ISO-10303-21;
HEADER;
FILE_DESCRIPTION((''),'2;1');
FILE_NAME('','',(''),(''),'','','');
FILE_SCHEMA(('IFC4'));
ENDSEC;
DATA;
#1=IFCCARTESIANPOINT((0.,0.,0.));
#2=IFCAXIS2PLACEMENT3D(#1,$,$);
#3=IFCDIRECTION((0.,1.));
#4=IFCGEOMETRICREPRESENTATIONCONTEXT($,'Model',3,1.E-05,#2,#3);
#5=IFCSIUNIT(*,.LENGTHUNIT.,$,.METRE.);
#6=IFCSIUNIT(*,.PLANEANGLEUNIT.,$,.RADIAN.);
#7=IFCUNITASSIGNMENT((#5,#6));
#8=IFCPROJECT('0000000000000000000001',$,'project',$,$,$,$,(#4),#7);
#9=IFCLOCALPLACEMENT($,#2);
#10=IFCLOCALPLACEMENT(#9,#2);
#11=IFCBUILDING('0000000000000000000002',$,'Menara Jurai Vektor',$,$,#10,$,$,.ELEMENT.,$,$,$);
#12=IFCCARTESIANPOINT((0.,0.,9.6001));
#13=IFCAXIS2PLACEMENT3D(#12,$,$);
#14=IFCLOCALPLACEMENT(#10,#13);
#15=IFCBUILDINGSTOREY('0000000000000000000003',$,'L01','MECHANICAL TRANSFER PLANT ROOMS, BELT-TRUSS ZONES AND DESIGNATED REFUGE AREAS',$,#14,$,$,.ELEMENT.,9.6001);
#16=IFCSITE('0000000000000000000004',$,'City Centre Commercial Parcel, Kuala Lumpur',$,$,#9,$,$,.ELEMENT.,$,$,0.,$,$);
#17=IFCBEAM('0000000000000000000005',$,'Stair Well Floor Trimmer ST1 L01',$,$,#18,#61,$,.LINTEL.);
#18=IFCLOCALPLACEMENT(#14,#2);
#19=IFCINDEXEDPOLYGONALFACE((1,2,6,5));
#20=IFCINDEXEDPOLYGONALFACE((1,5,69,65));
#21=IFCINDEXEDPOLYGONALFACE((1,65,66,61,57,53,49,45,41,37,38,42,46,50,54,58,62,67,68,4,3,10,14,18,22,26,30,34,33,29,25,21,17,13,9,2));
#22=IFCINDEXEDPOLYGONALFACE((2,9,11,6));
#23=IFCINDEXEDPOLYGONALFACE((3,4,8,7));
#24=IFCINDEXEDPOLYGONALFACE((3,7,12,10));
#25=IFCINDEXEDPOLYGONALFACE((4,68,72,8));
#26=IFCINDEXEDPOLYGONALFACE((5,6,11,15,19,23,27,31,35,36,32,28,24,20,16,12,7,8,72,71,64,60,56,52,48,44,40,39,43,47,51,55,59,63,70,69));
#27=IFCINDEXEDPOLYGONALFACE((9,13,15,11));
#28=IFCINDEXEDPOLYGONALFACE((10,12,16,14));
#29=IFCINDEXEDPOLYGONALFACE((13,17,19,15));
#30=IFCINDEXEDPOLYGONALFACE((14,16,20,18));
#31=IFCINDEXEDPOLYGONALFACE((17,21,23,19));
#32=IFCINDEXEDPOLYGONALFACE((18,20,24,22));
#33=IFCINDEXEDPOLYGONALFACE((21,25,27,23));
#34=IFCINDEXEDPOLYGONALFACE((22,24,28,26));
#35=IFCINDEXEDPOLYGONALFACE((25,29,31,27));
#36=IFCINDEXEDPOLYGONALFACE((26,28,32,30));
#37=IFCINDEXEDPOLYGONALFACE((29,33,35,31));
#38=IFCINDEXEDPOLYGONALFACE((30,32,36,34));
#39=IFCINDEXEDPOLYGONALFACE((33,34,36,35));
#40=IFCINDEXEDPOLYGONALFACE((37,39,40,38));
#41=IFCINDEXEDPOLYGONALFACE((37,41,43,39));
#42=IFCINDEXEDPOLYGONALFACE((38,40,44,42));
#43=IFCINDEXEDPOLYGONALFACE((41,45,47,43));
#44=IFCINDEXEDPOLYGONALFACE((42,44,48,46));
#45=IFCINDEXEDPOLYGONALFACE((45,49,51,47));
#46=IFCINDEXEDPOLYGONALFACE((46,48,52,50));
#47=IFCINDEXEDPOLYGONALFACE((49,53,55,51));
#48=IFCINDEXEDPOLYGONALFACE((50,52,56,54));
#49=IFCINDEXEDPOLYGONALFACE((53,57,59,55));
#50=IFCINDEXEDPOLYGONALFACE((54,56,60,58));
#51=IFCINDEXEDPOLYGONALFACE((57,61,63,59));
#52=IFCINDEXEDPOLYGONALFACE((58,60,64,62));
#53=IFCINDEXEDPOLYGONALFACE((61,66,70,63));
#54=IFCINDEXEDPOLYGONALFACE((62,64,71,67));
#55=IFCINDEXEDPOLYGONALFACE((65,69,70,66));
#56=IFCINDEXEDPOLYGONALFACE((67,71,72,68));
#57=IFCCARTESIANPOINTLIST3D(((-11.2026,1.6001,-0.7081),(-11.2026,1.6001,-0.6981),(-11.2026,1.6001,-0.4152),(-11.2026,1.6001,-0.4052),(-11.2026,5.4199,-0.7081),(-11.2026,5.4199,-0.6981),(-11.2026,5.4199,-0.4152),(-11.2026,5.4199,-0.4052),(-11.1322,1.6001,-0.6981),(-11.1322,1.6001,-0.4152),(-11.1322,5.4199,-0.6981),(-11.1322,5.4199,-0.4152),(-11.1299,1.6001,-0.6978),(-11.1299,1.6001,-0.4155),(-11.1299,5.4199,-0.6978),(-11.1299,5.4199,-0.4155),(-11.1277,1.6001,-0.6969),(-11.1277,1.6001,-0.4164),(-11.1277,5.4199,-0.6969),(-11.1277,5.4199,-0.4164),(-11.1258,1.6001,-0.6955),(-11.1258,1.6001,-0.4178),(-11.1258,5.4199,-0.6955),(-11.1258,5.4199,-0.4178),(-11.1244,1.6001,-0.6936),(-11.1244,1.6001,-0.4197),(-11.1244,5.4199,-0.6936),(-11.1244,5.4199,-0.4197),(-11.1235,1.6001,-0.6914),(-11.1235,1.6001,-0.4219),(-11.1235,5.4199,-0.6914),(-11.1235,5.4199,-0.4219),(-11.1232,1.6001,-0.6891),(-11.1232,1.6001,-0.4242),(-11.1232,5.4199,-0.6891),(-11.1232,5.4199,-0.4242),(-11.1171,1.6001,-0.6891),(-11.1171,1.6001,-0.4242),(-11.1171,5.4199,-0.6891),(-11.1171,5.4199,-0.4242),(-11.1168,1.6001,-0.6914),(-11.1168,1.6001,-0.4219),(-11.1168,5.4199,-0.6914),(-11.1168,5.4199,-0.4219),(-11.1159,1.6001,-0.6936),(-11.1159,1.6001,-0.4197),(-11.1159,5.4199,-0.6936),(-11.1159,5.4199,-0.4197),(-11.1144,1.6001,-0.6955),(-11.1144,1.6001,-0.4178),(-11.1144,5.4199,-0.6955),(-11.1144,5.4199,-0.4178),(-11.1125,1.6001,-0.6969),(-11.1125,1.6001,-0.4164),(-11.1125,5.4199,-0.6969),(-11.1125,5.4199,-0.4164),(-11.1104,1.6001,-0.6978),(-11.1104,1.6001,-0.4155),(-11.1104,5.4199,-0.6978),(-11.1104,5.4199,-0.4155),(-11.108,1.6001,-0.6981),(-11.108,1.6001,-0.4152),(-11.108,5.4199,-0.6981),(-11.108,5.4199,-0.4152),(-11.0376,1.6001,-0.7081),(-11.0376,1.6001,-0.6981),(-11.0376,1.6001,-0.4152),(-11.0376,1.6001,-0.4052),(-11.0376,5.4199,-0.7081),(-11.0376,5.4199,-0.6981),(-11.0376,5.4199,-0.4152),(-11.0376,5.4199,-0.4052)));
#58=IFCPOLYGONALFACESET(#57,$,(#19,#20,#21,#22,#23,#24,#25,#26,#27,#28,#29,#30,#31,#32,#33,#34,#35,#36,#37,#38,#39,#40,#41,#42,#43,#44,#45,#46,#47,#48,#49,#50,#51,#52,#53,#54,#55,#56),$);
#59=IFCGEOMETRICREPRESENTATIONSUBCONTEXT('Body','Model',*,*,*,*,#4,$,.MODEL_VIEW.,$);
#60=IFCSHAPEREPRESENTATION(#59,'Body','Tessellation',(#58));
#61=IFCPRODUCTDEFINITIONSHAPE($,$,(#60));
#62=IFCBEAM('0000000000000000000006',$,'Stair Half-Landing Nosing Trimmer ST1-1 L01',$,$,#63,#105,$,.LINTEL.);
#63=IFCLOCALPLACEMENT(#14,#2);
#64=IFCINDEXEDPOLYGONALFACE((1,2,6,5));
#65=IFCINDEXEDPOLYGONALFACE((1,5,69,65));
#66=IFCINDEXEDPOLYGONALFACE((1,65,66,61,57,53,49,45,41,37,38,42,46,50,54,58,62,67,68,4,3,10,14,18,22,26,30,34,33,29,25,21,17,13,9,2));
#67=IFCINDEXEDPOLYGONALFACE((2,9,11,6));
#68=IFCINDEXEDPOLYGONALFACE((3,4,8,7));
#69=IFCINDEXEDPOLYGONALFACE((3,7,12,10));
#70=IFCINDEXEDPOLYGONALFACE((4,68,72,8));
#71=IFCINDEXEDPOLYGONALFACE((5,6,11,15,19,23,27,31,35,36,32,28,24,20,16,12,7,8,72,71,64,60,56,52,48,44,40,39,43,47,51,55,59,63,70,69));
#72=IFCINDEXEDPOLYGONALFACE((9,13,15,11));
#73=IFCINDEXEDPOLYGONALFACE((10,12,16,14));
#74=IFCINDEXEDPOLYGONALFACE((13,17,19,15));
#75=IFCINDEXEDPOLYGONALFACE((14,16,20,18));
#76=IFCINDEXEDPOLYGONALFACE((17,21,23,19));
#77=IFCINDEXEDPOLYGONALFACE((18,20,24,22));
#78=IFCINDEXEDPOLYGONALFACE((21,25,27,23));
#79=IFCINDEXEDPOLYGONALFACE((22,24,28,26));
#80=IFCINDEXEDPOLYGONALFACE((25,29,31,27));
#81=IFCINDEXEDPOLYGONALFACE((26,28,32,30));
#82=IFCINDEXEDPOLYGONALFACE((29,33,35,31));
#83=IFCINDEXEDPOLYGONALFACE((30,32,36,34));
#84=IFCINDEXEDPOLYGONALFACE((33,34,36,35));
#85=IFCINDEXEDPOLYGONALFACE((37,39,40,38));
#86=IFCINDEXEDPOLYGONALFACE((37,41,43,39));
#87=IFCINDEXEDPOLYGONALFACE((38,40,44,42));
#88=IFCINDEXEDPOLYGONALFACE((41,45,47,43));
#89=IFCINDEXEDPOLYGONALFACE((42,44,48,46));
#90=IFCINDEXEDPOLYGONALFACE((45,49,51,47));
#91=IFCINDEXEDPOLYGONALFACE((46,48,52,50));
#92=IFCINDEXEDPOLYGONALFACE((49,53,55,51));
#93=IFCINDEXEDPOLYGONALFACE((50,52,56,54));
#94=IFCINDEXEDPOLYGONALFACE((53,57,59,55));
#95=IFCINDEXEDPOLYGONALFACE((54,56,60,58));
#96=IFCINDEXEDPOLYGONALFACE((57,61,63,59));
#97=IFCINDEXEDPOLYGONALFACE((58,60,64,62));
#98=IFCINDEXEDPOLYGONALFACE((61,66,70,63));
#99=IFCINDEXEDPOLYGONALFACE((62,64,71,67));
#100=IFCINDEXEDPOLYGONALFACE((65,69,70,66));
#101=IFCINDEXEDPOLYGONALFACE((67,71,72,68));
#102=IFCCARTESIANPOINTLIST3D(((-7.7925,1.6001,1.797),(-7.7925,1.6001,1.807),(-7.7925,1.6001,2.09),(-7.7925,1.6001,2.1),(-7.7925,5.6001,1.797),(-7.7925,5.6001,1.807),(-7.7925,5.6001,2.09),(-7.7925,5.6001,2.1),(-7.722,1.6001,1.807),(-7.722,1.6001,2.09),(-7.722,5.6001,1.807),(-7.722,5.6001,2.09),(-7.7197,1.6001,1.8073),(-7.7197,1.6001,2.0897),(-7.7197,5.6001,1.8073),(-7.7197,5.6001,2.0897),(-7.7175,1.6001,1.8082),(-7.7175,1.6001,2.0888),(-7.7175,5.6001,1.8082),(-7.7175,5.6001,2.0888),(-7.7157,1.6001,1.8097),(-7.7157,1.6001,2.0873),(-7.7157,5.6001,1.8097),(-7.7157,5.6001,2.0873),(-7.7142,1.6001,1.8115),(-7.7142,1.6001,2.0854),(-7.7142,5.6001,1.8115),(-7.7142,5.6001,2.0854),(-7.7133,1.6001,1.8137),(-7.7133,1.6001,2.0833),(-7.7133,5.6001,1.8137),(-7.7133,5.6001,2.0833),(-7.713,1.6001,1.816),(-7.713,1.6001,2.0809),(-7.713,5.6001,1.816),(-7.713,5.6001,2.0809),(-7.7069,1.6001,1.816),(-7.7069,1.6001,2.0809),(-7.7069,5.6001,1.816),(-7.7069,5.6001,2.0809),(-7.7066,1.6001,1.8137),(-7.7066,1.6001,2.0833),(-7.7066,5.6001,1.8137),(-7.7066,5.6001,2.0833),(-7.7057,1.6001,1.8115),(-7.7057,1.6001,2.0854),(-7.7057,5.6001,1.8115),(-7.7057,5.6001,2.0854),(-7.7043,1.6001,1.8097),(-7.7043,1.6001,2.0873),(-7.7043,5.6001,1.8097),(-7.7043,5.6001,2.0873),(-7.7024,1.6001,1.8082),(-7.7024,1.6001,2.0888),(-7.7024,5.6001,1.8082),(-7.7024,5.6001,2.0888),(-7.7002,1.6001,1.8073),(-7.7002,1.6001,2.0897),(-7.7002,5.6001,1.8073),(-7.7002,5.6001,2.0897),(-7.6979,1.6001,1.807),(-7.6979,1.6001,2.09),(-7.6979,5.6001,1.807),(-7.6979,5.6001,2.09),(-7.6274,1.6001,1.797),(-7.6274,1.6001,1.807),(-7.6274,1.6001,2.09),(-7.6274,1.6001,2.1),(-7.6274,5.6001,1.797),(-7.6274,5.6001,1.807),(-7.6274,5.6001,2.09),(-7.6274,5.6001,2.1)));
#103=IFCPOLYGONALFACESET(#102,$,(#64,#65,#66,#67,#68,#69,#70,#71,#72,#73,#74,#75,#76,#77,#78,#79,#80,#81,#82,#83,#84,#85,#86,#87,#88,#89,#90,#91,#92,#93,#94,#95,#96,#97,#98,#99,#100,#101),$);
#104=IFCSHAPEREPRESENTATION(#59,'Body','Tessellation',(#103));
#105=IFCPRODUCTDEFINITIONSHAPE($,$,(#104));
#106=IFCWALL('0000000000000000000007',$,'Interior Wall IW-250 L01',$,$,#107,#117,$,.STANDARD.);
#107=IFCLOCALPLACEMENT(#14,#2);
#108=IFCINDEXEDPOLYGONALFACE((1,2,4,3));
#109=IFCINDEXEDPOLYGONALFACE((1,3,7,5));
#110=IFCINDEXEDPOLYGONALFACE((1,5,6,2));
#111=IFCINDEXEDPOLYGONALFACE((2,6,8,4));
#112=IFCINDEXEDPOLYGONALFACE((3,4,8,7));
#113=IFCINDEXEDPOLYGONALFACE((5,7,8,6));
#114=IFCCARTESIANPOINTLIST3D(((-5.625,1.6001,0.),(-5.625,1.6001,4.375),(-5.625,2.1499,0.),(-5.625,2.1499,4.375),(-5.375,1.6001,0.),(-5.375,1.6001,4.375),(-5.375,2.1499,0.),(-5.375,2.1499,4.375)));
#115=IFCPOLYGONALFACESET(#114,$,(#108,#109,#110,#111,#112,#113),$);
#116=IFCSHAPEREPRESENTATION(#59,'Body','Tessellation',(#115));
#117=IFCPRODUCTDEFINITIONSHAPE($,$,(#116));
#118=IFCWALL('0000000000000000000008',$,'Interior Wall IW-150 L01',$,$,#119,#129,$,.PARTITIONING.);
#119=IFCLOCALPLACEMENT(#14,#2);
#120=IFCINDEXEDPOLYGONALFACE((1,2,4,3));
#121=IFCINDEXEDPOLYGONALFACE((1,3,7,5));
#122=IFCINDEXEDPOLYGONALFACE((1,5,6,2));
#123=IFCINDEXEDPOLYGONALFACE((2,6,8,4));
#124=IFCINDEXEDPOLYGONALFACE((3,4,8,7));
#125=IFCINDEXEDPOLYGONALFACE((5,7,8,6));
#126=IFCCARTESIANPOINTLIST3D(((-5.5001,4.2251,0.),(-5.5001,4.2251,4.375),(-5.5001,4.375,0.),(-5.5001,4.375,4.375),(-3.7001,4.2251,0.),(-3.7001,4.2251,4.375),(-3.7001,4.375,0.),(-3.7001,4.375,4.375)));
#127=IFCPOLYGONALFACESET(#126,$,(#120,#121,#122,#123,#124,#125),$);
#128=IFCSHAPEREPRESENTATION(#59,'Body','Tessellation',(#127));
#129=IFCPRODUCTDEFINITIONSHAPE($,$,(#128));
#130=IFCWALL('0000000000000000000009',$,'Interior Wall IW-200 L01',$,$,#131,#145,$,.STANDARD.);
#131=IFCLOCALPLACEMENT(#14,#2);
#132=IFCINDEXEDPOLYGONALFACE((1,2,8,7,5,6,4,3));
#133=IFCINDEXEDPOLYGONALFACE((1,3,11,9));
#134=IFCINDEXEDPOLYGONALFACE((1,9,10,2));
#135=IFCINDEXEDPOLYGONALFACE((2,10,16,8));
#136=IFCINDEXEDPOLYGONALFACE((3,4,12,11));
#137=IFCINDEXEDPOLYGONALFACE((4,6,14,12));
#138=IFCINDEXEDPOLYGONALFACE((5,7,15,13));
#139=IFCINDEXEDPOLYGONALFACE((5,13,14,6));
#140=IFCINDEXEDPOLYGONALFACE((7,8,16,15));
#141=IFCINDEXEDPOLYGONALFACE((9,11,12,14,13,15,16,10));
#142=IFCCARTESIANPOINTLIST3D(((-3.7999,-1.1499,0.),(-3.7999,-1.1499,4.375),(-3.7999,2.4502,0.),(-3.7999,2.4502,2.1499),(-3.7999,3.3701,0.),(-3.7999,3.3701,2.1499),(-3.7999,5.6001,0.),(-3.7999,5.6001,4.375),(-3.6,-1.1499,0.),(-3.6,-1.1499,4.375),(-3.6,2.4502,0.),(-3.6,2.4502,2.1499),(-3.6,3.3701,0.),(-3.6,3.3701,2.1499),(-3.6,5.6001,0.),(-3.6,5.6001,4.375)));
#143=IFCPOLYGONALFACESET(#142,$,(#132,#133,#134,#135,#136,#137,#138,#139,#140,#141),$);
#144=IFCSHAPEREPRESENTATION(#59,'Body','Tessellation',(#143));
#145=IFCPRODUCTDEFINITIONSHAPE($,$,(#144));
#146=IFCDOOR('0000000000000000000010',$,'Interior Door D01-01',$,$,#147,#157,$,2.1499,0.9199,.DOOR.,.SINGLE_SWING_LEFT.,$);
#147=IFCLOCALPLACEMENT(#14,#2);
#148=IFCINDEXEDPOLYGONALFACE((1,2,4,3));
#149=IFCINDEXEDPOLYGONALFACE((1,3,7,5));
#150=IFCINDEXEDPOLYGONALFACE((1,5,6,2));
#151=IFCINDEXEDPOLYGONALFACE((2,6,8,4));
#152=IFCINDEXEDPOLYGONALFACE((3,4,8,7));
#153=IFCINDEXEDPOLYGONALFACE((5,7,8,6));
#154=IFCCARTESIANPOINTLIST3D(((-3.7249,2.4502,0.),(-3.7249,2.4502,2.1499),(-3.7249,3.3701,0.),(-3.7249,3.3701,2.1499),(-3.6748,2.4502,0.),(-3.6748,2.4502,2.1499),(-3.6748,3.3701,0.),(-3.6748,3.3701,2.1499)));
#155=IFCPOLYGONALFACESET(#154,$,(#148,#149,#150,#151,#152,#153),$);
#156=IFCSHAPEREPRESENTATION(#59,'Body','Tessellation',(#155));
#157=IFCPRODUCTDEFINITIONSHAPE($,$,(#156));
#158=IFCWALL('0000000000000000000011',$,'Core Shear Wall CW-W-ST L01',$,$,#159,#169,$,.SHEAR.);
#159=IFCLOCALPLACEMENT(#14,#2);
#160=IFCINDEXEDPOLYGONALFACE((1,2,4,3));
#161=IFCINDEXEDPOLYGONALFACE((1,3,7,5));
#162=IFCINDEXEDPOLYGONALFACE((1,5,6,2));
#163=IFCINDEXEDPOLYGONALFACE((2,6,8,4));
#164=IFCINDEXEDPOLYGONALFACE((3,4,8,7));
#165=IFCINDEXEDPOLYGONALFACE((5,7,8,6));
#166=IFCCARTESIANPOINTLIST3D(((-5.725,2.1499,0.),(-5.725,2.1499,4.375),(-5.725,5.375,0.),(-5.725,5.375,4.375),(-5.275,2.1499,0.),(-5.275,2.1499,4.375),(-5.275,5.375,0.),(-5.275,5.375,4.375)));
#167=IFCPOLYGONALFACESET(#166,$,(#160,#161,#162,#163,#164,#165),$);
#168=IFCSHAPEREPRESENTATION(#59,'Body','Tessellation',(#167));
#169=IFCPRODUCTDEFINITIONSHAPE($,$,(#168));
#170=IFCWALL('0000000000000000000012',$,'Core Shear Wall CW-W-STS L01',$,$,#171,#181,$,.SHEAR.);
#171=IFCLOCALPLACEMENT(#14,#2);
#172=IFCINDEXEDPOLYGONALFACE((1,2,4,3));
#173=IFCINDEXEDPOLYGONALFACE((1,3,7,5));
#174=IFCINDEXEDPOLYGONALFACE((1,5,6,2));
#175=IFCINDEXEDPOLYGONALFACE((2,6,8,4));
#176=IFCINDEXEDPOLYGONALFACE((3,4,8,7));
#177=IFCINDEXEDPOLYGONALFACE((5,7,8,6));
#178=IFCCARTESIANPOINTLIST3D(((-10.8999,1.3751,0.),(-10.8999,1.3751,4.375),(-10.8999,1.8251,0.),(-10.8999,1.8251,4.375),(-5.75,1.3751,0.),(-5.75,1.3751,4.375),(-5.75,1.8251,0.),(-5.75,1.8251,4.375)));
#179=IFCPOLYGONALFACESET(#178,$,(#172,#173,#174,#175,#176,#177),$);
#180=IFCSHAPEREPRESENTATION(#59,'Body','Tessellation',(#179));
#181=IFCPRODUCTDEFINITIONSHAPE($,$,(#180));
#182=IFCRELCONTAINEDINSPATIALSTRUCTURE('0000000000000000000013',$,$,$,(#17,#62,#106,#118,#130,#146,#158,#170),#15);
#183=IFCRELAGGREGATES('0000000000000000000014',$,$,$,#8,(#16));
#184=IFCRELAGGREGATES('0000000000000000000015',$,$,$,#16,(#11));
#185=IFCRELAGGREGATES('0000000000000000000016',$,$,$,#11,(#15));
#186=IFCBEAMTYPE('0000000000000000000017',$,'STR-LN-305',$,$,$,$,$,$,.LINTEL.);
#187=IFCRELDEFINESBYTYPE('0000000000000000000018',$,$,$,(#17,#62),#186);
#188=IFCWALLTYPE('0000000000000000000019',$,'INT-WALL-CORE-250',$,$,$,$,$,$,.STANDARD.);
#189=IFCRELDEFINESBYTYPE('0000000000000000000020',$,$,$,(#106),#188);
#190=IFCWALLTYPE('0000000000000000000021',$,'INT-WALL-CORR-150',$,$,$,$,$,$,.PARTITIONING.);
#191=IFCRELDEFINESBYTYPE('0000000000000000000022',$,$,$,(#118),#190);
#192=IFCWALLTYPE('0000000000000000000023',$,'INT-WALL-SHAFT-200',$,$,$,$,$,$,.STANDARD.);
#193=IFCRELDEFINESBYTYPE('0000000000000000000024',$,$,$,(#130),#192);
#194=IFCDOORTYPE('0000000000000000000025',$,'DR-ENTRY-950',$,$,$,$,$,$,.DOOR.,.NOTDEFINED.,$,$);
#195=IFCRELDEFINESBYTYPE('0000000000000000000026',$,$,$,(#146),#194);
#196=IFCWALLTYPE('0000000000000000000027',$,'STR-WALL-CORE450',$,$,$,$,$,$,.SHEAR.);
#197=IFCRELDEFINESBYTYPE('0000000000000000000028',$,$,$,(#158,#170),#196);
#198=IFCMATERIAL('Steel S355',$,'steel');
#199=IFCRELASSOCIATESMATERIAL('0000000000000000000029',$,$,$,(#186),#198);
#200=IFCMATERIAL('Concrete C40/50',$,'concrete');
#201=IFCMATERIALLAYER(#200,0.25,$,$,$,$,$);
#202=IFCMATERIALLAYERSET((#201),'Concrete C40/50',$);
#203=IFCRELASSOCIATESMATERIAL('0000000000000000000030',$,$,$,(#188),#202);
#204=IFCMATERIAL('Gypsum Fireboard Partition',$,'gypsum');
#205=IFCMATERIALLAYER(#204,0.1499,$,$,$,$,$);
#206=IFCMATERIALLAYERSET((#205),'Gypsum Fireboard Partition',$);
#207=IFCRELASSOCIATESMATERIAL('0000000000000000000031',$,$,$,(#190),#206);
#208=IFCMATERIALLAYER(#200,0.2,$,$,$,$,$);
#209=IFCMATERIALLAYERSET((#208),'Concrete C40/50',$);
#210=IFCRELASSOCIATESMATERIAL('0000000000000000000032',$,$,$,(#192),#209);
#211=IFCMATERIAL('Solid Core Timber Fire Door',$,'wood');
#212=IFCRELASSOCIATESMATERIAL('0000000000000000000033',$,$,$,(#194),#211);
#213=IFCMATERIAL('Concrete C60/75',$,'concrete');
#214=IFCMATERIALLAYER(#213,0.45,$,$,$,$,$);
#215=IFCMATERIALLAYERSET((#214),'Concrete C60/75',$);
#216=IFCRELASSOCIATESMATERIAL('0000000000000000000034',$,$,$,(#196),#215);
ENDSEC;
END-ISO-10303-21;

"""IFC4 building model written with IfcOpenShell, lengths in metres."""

from ifc_helpers import new_model, si_unit, direction, frame, frame_2d, origin, origin_2d, place, context, subcontext, project, spatial, rectangle, i_section, extrude, material, layer, layer_set, material_profile, profile_set, type_object, element, fill, save


model = new_model("IFC4")

# Units and contexts
model_context = context("Model", 3, precision=1e-05, world=origin(), true_north=direction((0.0, 1.0)))
body_context = subcontext(model_context, "Body", "Model", "MODEL_VIEW")
ifc_project = project(units=[si_unit("LENGTHUNIT", "METRE"), si_unit("PLANEANGLEUNIT", "RADIAN")], contexts=[model_context])

# Site, building, storey
site_placement = place(None, origin())
site = spatial("IfcSite", under=ifc_project, at=site_placement, Name="City Centre Commercial Parcel, Kuala Lumpur", CompositionType="ELEMENT", RefElevation=0.0)
building_placement = place(site_placement, origin())
building = spatial("IfcBuilding", under=site, at=building_placement, Name="Menara Jurai Vektor", CompositionType="ELEMENT")
storey_placement = place(building_placement, frame((0.0, 0.0, 9.6001)))
storey = spatial("IfcBuildingStorey", under=building, at=storey_placement, Name="L01", Description="MECHANICAL TRANSFER PLANT ROOMS, BELT-TRUSS ZONES AND DESIGNATED REFUGE AREAS", CompositionType="ELEMENT", Elevation=9.6001)

# Shared definitions
ifc_material_1 = material(Name="Concrete C60/75", Category="concrete")

# Beams
ifc_material_2 = material(Name="Steel S355", Category="steel")
ifc_material_profile_1 = material_profile(ifc_material_2, i_section(OverallWidth=0.165, OverallDepth=0.303, WebThickness=0.0061, FlangeThickness=0.01, FilletRadius=0.009, at=origin_2d()), Name="UKB 305x165x40")
ifc_profile_set_1 = profile_set([ifc_material_profile_1], Name="Steel S355")
beam_type_1 = type_object("IfcBeamType", Name="STR-LN-305", PredefinedType="LINTEL", material=ifc_profile_set_1)
beam_1_placement = place(storey_placement, frame((-11.1201, 1.6001, -0.5566), z_axis=(0.0, 1.0, 0.0), x_axis=(-1.0, 0.0, 0.0)))
element("IfcBeam", 1, at=beam_1_placement, inside=storey, type_object=beam_type_1, Name="Stair Well Floor Trimmer ST1 L01", PredefinedType="LINTEL", context=body_context, shape_type="SweptSolid", body=[
    extrude(i_section(OverallWidth=0.165, OverallDepth=0.303, WebThickness=0.0061, FlangeThickness=0.01, FilletRadius=0.009, at=origin_2d()), origin(), (0.0, 0.0, 1.0), 3.8198),
])
beam_2_placement = place(storey_placement, frame((-7.71, 1.6001, 1.9485), z_axis=(0.0, 1.0, 0.0), x_axis=(-1.0, 0.0, 0.0)))
element("IfcBeam", 2, at=beam_2_placement, inside=storey, type_object=beam_type_1, Name="Stair Half-Landing Nosing Trimmer ST1-1 L01", PredefinedType="LINTEL", context=body_context, shape_type="SweptSolid", body=[
    extrude(i_section(OverallWidth=0.165, OverallDepth=0.303, WebThickness=0.0061, FlangeThickness=0.01, FilletRadius=0.009, at=origin_2d()), origin(), (0.0, 0.0, 1.0), 4.0),
])

# Shared definitions
ifc_material_3 = material(Name="Concrete C40/50", Category="concrete")
ifc_layer_1 = layer(ifc_material_3, 0.25)
ifc_layer_set_1 = layer_set([ifc_layer_1], Name="Concrete C40/50")
wall_type_1 = type_object("IfcWallType", Name="INT-WALL-CORE-250", PredefinedType="STANDARD", material=ifc_layer_set_1)

# Walls
wall_1_placement = place(storey_placement, frame((-5.5, 1.6001, 0.0), z_axis=(0.0, 0.0, 1.0), x_axis=(0.0, 1.0, 0.0)))
element("IfcWall", 3, at=wall_1_placement, inside=storey, type_object=wall_type_1, Name="Interior Wall IW-250 L01", PredefinedType="STANDARD", context=body_context, shape_type="SweptSolid", body=[
    extrude(rectangle(XDim=0.5498, YDim=0.25, at=frame_2d((0.2749, 0.0))), origin(), (0.0, 0.0, 1.0), 4.375),
])
ifc_material_4 = material(Name="Gypsum Fireboard Partition", Category="gypsum")
ifc_layer_2 = layer(ifc_material_4, 0.1499)
ifc_layer_set_2 = layer_set([ifc_layer_2], Name="Gypsum Fireboard Partition")
wall_type_2 = type_object("IfcWallType", Name="INT-WALL-CORR-150", PredefinedType="PARTITIONING", material=ifc_layer_set_2)
wall_2_placement = place(storey_placement, frame((-5.5, 4.3, 0.0), z_axis=(0.0, 0.0, 1.0), x_axis=(1.0, 0.0, 0.0)))
element("IfcWall", 4, at=wall_2_placement, inside=storey, type_object=wall_type_2, Name="Interior Wall IW-150 L01", PredefinedType="PARTITIONING", context=body_context, shape_type="SweptSolid", body=[
    extrude(rectangle(XDim=1.8, YDim=0.1499, at=frame_2d((0.8999, 0.0))), origin(), (0.0, 0.0, 1.0), 4.375),
])

# Wall, opening, door
ifc_layer_3 = layer(ifc_material_3, 0.2)
ifc_layer_set_3 = layer_set([ifc_layer_3], Name="Concrete C40/50")
wall_type_3 = type_object("IfcWallType", Name="INT-WALL-SHAFT-200", PredefinedType="STANDARD", material=ifc_layer_set_3)
wall_3_placement = place(storey_placement, frame((-3.7, -1.1499, 0.0), z_axis=(0.0, 0.0, 1.0), x_axis=(0.0, 1.0, 0.0)))
wall_3 = element("IfcWall", 5, at=wall_3_placement, inside=storey, type_object=wall_type_3, Name="Interior Wall IW-200 L01", PredefinedType="STANDARD", context=body_context, shape_type="SweptSolid", body=[
    extrude(rectangle(XDim=6.75, YDim=0.2, at=frame_2d((3.375, 0.0))), origin(), (0.0, 0.0, 1.0), 4.375),
])
opening_1_placement = place(wall_3_placement, frame((3.6001, 0.0, 0.0)))
opening_1 = element("IfcOpeningElement", 6, at=opening_1_placement, cuts=wall_3, PredefinedType="OPENING", context=body_context, shape_type="SweptSolid", body=[
    extrude(rectangle(XDim=0.9199, YDim=2.1499, at=frame_2d((0.46, 1.075))), frame((0.0, 0.1099, 0.0), z_axis=(0.0, -1.0, 0.0), x_axis=(1.0, 0.0, 0.0)), (0.0, 0.0, 1.0), 0.22),
])
ifc_material_5 = material(Name="Solid Core Timber Fire Door", Category="wood")
door_type_1 = type_object("IfcDoorType", Name="DR-ENTRY-950", OperationType="NOTDEFINED", PredefinedType="DOOR", material=ifc_material_5)
door_1_placement = place(opening_1_placement, origin())
door_1 = element("IfcDoor", 7, at=door_1_placement, inside=storey, type_object=door_type_1, Name="Interior Door D01-01", OperationType="SINGLE_SWING_LEFT", OverallHeight=2.1499, OverallWidth=0.9199, PredefinedType="DOOR", context=body_context, shape_type="SweptSolid", body=[
    extrude(rectangle(XDim=0.9199, YDim=2.1499, at=frame_2d((0.46, 1.075))), frame((0.0, 0.0249, 0.0), z_axis=(0.0, -1.0, 0.0), x_axis=(1.0, 0.0, 0.0)), (0.0, 0.0, 1.0), 0.05),
])
fill(opening_1, door_1)

# Walls
ifc_layer_4 = layer(ifc_material_1, 0.45)
ifc_layer_set_4 = layer_set([ifc_layer_4], Name="Concrete C60/75")
wall_type_4 = type_object("IfcWallType", Name="STR-WALL-CORE450", PredefinedType="SHEAR", material=ifc_layer_set_4)
wall_4_placement = place(storey_placement, frame((-5.5, 2.1499, 0.0), z_axis=(0.0, 0.0, 1.0), x_axis=(0.0, 1.0, 0.0)))
element("IfcWall", 8, at=wall_4_placement, inside=storey, type_object=wall_type_4, Name="Core Shear Wall CW-W-ST L01", PredefinedType="SHEAR", context=body_context, shape_type="SweptSolid", body=[
    extrude(rectangle(XDim=3.2251, YDim=0.45, at=frame_2d((1.6125, 0.0))), origin(), (0.0, 0.0, 1.0), 4.375),
])
wall_5_placement = place(storey_placement, frame((-10.8999, 1.6001, 0.0), z_axis=(0.0, 0.0, 1.0), x_axis=(1.0, 0.0, 0.0)))
element("IfcWall", 9, at=wall_5_placement, inside=storey, type_object=wall_type_4, Name="Core Shear Wall CW-W-STS L01", PredefinedType="SHEAR", context=body_context, shape_type="SweptSolid", body=[
    extrude(rectangle(XDim=5.1499, YDim=0.45, at=frame_2d((2.575, 0.0))), origin(), (0.0, 0.0, 1.0), 4.375),
])

save(model, "model.ifc")
